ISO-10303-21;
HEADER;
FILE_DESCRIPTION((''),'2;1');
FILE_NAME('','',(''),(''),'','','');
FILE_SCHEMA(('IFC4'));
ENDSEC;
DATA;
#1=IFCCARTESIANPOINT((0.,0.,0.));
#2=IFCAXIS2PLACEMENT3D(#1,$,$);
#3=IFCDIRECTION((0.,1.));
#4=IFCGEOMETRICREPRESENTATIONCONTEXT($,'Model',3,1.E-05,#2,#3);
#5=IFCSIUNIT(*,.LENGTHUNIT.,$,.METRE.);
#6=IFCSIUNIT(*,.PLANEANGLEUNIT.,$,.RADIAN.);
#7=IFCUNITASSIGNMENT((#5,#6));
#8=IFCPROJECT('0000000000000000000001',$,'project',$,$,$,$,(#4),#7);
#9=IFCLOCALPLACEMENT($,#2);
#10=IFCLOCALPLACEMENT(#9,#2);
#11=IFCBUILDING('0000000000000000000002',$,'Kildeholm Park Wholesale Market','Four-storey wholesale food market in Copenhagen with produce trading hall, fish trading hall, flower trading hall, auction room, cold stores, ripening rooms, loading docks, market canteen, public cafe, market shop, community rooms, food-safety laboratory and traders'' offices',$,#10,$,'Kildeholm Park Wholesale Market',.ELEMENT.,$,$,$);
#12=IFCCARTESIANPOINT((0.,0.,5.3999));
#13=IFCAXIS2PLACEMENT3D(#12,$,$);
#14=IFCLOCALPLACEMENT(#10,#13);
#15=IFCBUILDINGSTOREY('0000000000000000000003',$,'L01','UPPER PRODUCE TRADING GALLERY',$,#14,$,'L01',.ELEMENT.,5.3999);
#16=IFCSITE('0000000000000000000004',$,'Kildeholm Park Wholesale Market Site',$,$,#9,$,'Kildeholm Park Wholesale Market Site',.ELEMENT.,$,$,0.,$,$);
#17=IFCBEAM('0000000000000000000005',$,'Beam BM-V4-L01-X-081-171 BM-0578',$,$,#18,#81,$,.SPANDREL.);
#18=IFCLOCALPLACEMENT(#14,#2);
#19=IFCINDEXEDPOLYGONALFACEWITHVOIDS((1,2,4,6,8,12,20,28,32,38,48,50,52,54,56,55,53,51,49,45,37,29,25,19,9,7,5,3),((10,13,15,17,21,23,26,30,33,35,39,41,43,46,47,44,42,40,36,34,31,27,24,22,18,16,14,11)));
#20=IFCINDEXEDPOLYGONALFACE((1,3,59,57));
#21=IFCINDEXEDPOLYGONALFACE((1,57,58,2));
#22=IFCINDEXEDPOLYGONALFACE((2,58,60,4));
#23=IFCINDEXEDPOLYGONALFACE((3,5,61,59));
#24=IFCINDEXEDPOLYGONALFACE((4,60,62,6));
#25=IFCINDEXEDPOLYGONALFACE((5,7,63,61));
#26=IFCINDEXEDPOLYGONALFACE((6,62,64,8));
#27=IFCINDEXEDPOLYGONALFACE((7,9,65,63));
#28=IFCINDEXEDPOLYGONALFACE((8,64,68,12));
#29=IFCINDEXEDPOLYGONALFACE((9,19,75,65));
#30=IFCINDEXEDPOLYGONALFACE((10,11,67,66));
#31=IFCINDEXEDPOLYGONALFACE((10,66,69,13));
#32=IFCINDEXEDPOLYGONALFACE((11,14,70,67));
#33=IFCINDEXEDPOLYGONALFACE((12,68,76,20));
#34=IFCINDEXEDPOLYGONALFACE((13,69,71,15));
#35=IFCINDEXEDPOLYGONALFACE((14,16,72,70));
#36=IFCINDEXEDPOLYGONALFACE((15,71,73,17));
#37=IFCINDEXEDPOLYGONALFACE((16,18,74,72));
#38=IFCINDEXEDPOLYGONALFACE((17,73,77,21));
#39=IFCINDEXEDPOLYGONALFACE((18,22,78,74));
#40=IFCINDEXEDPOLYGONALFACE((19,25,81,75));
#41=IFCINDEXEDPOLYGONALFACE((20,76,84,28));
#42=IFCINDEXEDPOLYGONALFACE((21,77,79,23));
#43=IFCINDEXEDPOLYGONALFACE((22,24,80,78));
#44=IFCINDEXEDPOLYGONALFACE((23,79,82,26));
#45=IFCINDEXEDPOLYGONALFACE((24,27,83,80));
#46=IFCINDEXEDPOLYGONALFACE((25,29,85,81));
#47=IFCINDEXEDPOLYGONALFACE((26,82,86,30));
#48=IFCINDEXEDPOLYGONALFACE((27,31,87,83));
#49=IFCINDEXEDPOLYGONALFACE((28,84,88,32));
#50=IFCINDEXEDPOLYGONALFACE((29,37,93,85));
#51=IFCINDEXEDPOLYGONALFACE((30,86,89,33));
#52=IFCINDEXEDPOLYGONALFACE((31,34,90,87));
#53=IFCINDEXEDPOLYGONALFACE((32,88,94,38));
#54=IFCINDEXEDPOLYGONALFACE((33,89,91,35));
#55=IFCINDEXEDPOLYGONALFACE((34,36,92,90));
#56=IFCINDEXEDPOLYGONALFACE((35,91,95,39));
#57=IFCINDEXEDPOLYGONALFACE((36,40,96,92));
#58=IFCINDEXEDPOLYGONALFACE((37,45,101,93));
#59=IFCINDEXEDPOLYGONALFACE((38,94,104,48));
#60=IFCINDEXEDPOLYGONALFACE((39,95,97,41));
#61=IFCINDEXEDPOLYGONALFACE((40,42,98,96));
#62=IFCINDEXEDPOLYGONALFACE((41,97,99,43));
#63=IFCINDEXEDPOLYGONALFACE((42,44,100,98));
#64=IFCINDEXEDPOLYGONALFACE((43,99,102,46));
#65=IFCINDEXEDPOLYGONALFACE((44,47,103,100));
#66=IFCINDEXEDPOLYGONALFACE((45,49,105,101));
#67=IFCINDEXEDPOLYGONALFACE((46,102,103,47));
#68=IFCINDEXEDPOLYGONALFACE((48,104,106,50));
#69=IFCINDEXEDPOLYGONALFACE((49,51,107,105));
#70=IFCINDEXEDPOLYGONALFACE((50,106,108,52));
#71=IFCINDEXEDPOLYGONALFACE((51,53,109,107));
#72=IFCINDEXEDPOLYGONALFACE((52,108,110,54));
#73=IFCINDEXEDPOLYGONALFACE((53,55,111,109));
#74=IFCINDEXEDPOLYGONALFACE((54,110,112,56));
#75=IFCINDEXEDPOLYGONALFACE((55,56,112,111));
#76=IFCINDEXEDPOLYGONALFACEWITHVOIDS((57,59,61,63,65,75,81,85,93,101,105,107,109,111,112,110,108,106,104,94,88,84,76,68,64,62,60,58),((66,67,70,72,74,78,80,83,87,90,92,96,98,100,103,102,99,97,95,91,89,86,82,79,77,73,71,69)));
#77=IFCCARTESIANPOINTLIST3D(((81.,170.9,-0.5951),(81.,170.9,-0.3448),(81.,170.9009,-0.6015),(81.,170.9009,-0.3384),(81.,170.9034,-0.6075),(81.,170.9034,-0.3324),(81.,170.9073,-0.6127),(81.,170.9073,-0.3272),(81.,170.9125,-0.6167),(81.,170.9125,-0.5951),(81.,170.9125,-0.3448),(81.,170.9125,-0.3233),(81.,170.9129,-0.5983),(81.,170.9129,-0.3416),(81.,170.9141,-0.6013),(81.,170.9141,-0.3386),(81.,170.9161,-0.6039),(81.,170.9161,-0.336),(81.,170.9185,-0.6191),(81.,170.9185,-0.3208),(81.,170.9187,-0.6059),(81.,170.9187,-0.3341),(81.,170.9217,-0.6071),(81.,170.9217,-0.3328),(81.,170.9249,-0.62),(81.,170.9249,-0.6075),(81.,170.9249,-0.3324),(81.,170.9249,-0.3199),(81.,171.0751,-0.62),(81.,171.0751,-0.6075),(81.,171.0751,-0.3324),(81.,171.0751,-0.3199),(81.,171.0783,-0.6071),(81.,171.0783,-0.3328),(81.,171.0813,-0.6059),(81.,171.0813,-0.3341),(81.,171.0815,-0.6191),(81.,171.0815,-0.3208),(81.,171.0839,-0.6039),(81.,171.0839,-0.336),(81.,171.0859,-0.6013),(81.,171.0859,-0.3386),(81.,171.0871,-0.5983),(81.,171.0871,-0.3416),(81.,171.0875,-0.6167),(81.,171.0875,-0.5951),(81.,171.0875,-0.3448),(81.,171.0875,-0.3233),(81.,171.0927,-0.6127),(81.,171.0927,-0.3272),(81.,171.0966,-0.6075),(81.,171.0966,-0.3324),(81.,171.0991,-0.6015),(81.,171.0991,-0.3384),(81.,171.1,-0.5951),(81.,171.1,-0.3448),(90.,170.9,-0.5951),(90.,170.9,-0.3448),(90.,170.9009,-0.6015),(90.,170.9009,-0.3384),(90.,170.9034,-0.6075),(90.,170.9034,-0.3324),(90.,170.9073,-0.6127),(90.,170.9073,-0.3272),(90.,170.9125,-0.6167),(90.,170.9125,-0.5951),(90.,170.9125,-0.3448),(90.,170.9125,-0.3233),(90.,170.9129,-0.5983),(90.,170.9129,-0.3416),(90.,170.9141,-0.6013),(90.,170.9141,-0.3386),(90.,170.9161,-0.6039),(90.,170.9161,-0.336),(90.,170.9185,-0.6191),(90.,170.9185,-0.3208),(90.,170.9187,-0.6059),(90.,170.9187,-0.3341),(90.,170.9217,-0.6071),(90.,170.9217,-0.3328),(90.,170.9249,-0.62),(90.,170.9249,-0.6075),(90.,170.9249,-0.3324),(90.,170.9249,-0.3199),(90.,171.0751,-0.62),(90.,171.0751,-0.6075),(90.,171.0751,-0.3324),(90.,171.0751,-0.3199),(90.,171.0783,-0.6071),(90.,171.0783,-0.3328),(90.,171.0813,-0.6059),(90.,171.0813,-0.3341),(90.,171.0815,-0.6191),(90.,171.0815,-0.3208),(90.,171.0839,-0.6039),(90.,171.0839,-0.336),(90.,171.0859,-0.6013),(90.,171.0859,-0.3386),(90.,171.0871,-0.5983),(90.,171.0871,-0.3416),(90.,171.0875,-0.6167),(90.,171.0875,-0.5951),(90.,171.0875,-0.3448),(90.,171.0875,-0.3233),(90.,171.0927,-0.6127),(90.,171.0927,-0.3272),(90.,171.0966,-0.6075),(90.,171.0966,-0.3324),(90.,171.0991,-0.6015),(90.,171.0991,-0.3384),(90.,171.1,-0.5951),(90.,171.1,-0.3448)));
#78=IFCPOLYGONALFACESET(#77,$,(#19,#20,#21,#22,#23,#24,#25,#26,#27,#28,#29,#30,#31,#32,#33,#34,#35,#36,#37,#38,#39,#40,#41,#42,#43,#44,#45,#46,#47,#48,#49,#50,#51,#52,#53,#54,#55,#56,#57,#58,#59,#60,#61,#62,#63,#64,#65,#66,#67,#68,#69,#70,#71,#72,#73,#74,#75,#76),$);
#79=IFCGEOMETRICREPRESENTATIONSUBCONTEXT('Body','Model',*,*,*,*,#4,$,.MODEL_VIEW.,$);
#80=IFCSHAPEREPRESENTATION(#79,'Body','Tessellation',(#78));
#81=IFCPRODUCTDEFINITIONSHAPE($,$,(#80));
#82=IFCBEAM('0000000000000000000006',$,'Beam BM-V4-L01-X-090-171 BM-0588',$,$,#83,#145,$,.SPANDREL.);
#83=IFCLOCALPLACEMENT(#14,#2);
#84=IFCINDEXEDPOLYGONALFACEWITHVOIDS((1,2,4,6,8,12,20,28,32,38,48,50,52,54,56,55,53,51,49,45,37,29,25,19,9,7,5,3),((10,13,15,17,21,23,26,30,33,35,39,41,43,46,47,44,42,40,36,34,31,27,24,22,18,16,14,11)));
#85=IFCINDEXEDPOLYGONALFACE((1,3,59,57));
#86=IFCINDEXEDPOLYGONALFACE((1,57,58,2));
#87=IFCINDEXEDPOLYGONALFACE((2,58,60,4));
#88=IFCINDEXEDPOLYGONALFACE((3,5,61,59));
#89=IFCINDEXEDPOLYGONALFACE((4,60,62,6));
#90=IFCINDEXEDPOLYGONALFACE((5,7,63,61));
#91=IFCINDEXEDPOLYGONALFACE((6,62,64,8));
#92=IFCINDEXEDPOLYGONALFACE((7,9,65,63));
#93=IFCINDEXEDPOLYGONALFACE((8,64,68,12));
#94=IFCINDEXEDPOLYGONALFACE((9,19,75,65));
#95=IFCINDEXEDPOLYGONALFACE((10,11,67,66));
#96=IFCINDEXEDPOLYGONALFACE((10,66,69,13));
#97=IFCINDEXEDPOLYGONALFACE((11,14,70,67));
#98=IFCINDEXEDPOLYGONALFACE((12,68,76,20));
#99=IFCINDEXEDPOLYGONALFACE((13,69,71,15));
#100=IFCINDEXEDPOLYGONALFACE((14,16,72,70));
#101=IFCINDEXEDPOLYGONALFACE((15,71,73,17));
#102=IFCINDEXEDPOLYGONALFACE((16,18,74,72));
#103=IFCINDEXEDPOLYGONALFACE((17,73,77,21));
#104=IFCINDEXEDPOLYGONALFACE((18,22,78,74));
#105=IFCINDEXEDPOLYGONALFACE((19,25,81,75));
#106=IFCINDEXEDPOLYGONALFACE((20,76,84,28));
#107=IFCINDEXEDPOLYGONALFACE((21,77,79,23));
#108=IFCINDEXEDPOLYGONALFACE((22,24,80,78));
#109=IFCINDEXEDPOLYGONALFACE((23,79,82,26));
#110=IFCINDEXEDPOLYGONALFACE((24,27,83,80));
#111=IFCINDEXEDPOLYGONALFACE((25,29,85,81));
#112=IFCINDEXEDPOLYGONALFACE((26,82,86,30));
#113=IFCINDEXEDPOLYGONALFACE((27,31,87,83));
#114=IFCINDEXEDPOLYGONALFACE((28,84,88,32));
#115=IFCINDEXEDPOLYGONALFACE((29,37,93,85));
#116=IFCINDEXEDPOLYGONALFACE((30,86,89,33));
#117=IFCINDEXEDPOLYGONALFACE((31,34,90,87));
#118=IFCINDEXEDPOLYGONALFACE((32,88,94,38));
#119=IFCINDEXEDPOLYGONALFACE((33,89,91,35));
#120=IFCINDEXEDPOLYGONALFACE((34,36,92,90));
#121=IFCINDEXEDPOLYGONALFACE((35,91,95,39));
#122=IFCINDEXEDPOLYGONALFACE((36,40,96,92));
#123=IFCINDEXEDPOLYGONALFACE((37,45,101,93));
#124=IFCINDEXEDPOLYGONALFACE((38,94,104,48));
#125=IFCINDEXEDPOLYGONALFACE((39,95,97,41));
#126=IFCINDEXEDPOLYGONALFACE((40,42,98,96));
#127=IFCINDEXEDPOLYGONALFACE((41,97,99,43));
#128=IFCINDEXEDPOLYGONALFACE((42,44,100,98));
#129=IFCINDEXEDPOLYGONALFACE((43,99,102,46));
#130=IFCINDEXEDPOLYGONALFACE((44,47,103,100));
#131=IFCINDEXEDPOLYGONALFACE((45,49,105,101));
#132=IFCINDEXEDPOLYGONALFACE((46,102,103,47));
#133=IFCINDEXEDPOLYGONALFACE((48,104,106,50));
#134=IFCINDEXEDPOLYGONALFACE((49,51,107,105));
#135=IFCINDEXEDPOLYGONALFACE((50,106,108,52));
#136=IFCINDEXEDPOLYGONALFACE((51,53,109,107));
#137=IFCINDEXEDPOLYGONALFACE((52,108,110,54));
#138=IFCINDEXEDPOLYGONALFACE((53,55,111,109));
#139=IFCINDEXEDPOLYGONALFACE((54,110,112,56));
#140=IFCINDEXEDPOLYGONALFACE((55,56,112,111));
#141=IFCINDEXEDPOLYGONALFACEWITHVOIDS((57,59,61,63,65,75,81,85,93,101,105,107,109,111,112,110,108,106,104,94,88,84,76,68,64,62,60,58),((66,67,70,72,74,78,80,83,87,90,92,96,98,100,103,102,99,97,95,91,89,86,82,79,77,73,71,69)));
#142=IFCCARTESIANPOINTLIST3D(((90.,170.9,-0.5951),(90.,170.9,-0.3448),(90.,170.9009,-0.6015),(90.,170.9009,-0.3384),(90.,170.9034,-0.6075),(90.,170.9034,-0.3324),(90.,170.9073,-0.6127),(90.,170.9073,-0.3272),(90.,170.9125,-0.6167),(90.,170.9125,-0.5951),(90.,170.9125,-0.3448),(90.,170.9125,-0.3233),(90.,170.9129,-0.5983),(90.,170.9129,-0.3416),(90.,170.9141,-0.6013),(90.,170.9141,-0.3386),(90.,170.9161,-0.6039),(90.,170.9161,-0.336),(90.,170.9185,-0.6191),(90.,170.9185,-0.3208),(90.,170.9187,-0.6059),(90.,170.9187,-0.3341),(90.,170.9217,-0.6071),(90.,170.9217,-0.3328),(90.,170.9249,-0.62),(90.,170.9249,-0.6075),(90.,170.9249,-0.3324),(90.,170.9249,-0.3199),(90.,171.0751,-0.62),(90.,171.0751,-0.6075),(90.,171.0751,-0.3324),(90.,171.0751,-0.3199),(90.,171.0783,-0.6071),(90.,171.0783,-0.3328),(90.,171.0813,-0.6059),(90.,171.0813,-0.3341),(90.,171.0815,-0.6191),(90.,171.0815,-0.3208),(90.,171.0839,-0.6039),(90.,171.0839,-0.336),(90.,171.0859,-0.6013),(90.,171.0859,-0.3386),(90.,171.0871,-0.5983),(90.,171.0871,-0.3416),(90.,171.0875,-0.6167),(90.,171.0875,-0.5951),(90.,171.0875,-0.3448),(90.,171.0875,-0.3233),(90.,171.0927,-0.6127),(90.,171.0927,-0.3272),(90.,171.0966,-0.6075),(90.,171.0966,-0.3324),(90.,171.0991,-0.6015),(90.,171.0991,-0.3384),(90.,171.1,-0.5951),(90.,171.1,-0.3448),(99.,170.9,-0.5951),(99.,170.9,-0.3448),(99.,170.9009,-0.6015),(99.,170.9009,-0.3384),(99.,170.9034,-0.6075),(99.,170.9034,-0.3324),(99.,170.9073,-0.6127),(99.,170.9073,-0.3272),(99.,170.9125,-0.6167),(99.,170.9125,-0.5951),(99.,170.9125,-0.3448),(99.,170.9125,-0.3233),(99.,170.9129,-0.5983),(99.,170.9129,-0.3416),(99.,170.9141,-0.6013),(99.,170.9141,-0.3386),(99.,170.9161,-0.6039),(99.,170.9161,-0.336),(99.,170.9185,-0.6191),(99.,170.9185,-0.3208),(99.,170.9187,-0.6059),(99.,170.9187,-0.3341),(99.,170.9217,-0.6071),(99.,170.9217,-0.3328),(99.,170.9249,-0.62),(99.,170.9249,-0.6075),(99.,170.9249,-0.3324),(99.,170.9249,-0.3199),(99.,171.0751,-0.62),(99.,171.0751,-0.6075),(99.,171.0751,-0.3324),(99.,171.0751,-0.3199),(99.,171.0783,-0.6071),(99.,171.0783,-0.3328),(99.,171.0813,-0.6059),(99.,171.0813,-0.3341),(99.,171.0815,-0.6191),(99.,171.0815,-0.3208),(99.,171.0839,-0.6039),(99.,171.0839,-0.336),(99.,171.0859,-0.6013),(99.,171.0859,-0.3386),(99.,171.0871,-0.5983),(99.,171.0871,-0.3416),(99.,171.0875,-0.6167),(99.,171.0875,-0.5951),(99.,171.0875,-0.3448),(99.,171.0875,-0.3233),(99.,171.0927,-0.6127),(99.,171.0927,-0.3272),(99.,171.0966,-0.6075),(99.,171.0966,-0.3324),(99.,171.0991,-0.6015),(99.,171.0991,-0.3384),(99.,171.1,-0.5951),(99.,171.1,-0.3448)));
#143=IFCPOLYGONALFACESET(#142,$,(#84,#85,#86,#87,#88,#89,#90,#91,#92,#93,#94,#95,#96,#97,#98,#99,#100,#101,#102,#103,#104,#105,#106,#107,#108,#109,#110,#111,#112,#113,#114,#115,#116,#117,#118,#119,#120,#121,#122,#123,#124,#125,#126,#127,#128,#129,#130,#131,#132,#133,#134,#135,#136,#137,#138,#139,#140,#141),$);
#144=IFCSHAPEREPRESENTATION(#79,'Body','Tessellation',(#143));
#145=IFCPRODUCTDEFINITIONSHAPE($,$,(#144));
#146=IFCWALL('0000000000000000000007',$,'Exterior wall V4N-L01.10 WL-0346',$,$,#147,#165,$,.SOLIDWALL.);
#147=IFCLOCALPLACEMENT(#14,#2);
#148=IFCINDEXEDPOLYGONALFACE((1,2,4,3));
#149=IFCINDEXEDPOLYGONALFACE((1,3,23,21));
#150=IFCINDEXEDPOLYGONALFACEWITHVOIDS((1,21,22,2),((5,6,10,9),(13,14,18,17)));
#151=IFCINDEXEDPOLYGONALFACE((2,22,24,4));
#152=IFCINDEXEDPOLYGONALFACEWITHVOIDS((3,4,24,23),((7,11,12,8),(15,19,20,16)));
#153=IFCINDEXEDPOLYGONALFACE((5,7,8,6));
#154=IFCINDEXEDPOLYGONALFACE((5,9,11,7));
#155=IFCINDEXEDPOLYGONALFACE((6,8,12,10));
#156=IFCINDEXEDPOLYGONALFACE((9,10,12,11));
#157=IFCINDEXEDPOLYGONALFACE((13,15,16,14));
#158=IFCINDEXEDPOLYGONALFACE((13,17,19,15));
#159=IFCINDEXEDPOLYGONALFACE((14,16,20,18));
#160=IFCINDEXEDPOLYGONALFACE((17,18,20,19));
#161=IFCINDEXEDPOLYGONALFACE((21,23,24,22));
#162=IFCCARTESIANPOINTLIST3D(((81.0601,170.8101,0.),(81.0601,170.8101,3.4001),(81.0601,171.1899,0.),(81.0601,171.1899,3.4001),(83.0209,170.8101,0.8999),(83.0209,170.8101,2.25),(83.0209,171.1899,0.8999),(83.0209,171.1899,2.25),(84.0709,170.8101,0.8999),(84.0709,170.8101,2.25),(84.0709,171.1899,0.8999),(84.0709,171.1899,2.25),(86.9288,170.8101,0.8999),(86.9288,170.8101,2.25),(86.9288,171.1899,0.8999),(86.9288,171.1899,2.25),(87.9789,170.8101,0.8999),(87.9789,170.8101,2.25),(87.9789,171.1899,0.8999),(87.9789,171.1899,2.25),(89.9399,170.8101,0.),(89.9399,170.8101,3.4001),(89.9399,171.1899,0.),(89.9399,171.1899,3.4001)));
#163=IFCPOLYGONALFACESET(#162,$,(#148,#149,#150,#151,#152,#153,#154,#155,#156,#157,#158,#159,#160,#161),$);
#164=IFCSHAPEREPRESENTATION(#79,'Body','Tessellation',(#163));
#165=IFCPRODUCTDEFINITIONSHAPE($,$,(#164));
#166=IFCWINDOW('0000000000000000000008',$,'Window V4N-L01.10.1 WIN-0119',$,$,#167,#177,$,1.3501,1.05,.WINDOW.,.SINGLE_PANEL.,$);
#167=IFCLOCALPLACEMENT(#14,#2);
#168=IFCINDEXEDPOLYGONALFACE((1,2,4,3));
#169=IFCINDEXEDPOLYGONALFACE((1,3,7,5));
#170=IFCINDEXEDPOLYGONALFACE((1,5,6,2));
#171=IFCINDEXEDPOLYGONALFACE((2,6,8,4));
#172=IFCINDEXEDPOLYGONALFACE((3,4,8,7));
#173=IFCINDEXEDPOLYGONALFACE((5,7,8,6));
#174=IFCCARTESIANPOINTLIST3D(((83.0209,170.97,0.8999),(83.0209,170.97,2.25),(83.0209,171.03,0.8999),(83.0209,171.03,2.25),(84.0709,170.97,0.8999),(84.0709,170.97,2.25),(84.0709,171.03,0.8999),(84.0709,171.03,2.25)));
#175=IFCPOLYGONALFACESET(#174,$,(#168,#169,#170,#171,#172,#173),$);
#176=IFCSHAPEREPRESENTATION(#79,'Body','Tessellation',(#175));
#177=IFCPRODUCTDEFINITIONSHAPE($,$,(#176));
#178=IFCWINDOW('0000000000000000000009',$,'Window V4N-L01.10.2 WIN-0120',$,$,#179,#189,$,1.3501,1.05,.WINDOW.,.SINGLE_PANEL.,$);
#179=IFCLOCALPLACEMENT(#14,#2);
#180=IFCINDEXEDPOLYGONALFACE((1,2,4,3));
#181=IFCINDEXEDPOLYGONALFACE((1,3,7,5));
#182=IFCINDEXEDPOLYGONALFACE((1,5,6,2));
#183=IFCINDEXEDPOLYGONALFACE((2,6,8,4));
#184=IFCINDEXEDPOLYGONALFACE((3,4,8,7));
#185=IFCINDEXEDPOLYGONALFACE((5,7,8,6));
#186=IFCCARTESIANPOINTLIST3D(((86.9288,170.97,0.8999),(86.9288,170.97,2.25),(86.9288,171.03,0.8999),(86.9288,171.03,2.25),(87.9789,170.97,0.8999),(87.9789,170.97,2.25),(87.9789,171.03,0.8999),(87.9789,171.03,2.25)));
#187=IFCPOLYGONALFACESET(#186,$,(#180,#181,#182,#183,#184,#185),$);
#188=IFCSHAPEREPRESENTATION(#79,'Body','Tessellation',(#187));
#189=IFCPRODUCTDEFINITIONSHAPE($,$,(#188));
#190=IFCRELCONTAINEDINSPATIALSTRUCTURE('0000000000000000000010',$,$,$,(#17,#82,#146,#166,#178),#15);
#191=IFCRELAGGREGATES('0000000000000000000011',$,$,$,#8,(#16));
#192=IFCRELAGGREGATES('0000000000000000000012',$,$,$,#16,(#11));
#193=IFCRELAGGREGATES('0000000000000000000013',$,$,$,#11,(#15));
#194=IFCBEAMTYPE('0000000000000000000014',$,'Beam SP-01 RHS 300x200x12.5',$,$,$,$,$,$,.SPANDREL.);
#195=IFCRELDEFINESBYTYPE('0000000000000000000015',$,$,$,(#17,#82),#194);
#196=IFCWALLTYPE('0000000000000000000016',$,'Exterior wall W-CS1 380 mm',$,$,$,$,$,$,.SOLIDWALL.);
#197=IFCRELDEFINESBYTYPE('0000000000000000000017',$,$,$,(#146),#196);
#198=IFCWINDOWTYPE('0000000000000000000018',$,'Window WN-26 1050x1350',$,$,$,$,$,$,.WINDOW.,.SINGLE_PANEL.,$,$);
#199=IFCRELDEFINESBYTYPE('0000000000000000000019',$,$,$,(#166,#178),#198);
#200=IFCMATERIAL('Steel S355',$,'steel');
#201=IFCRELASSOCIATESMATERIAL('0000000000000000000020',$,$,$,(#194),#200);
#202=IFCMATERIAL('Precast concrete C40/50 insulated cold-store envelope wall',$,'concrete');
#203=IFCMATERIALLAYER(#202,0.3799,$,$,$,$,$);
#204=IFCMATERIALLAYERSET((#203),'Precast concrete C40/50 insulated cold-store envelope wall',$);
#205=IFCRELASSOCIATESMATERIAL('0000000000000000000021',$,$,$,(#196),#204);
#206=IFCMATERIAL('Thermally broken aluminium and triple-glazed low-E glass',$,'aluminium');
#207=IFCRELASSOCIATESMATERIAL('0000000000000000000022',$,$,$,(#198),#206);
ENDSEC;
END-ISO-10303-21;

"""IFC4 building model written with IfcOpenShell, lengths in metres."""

from ifc_helpers import new_model, si_unit, direction, frame, frame_2d, origin, origin_2d, place, context, subcontext, project, spatial, rectangle, hollow_rectangle, extrude, material, layer, layer_set, material_profile, profile_set, type_object, element, fill, save


model = new_model("IFC4")

# Units and contexts
model_context = context("Model", 3, precision=1e-05, world=origin(), true_north=direction((0.0, 1.0)))
body_context = subcontext(model_context, "Body", "Model", "MODEL_VIEW")
ifc_project = project(units=[si_unit("LENGTHUNIT", "METRE"), si_unit("PLANEANGLEUNIT", "RADIAN")], contexts=[model_context])

# Site, building, storey
site_placement = place(None, origin())
site = spatial("IfcSite", under=ifc_project, at=site_placement, Name="Kildeholm Park Wholesale Market Site", LongName="Kildeholm Park Wholesale Market Site", CompositionType="ELEMENT", RefElevation=0.0)
building_placement = place(site_placement, origin())
building = spatial("IfcBuilding", under=site, at=building_placement, Name="Kildeholm Park Wholesale Market", Description="Four-storey wholesale food market in Copenhagen with produce trading hall, fish trading hall, flower trading hall, auction room, cold stores, ripening rooms, loading docks, market canteen, public cafe, market shop, community rooms, food-safety laboratory and traders' offices", LongName="Kildeholm Park Wholesale Market", CompositionType="ELEMENT")
storey_placement = place(building_placement, frame((0.0, 0.0, 5.3999)))
storey = spatial("IfcBuildingStorey", under=building, at=storey_placement, Name="L01", Description="UPPER PRODUCE TRADING GALLERY", LongName="L01", CompositionType="ELEMENT", Elevation=5.3999)

# Beams
ifc_material_1 = material(Name="Steel S355", Category="steel")
ifc_material_profile_1 = material_profile(ifc_material_1, hollow_rectangle(XDim=0.2, YDim=0.3, WallThickness=0.0125, InnerFilletRadius=0.0125, OuterFilletRadius=0.0249, at=origin_2d()), Name="RHS 300x200x12.5")
ifc_profile_set_1 = profile_set([ifc_material_profile_1], Name="Steel S355")
beam_type_1 = type_object("IfcBeamType", Name="Beam SP-01 RHS 300x200x12.5", PredefinedType="SPANDREL", material=ifc_profile_set_1)
for number, where, z_axis, x_axis, name in (
    (1, (81.0, 171.0, -0.47), (1.0, 0.0, 0.0), (0.0, 1.0, 0.0), "Beam BM-V4-L01-X-081-171 BM-0578"),
    (2, (90.0, 171.0, -0.47), (1.0, 0.0, 0.0), (0.0, 1.0, 0.0), "Beam BM-V4-L01-X-090-171 BM-0588"),
):
    element("IfcBeam", number, at=place(storey_placement, frame(where, z_axis=z_axis, x_axis=x_axis)), inside=storey, type_object=beam_type_1, Name=name, PredefinedType="SPANDREL", context=body_context, shape_type="SweptSolid", body=[
        extrude(hollow_rectangle(XDim=0.2, YDim=0.3, WallThickness=0.0125, InnerFilletRadius=0.0125, OuterFilletRadius=0.0249, at=origin_2d()), origin(), (0.0, 0.0, 1.0), 9.0),
    ])

# Wall, openings, windows
ifc_material_2 = material(Name="Precast concrete C40/50 insulated cold-store envelope wall", Category="concrete")
ifc_layer_1 = layer(ifc_material_2, 0.3799)
ifc_layer_set_1 = layer_set([ifc_layer_1], Name="Precast concrete C40/50 insulated cold-store envelope wall")
wall_type_1 = type_object("IfcWallType", Name="Exterior wall W-CS1 380 mm", PredefinedType="SOLIDWALL", material=ifc_layer_set_1)
wall_1_placement = place(storey_placement, frame((81.0601, 171.0, 0.0), z_axis=(0.0, 0.0, 1.0), x_axis=(1.0, 0.0, 0.0)))
wall_1 = element("IfcWall", 3, at=wall_1_placement, inside=storey, type_object=wall_type_1, Name="Exterior wall V4N-L01.10 WL-0346", PredefinedType="SOLIDWALL", context=body_context, shape_type="SweptSolid", body=[
    extrude(rectangle(XDim=8.8799, YDim=0.3799, at=frame_2d((4.4399, 0.0))), origin(), (0.0, 0.0, 1.0), 3.4001),
])
opening_1_placement = place(wall_1_placement, frame((1.9609, 0.0, 0.8999)))
opening_1 = element("IfcOpeningElement", 4, at=opening_1_placement, cuts=wall_1, PredefinedType="OPENING", context=body_context, shape_type="SweptSolid", body=[
    extrude(rectangle(XDim=1.05, YDim=1.3501, at=frame_2d((0.5249, 0.675))), frame((0.0, 0.2, 0.0), z_axis=(0.0, -1.0, 0.0), x_axis=(1.0, 0.0, 0.0)), (0.0, 0.0, 1.0), 0.3999),
])
opening_2_placement = place(wall_1_placement, frame((5.8689, 0.0, 0.8999)))
opening_2 = element("IfcOpeningElement", 5, at=opening_2_placement, cuts=wall_1, PredefinedType="OPENING", context=body_context, shape_type="SweptSolid", body=[
    extrude(rectangle(XDim=1.05, YDim=1.3501, at=frame_2d((0.5249, 0.675))), frame((0.0, 0.2, 0.0), z_axis=(0.0, -1.0, 0.0), x_axis=(1.0, 0.0, 0.0)), (0.0, 0.0, 1.0), 0.3999),
])
ifc_material_3 = material(Name="Thermally broken aluminium and triple-glazed low-E glass", Category="aluminium")
window_type = type_object("IfcWindowType", Name="Window WN-26 1050x1350", PartitioningType="SINGLE_PANEL", PredefinedType="WINDOW", material=ifc_material_3)
window_1_placement = place(opening_1_placement, origin())
window_1 = element("IfcWindow", 6, at=window_1_placement, inside=storey, type_object=window_type, Name="Window V4N-L01.10.1 WIN-0119", OverallHeight=1.3501, OverallWidth=1.05, PartitioningType="SINGLE_PANEL", PredefinedType="WINDOW", context=body_context, shape_type="SweptSolid", body=[
    extrude(rectangle(XDim=1.05, YDim=1.3501, at=frame_2d((0.5249, 0.675))), frame((0.0, 0.03, 0.0), z_axis=(0.0, -1.0, 0.0), x_axis=(1.0, 0.0, 0.0)), (0.0, 0.0, 1.0), 0.0601),
])
fill(opening_1, window_1)
window_2_placement = place(opening_2_placement, origin())
window_2 = element("IfcWindow", 7, at=window_2_placement, inside=storey, type_object=window_type, Name="Window V4N-L01.10.2 WIN-0120", OverallHeight=1.3501, OverallWidth=1.05, PartitioningType="SINGLE_PANEL", PredefinedType="WINDOW", context=body_context, shape_type="SweptSolid", body=[
    extrude(rectangle(XDim=1.05, YDim=1.3501, at=frame_2d((0.5249, 0.675))), frame((0.0, 0.03, 0.0), z_axis=(0.0, -1.0, 0.0), x_axis=(1.0, 0.0, 0.0)), (0.0, 0.0, 1.0), 0.0601),
])
fill(opening_2, window_2)

save(model, "model.ifc")
